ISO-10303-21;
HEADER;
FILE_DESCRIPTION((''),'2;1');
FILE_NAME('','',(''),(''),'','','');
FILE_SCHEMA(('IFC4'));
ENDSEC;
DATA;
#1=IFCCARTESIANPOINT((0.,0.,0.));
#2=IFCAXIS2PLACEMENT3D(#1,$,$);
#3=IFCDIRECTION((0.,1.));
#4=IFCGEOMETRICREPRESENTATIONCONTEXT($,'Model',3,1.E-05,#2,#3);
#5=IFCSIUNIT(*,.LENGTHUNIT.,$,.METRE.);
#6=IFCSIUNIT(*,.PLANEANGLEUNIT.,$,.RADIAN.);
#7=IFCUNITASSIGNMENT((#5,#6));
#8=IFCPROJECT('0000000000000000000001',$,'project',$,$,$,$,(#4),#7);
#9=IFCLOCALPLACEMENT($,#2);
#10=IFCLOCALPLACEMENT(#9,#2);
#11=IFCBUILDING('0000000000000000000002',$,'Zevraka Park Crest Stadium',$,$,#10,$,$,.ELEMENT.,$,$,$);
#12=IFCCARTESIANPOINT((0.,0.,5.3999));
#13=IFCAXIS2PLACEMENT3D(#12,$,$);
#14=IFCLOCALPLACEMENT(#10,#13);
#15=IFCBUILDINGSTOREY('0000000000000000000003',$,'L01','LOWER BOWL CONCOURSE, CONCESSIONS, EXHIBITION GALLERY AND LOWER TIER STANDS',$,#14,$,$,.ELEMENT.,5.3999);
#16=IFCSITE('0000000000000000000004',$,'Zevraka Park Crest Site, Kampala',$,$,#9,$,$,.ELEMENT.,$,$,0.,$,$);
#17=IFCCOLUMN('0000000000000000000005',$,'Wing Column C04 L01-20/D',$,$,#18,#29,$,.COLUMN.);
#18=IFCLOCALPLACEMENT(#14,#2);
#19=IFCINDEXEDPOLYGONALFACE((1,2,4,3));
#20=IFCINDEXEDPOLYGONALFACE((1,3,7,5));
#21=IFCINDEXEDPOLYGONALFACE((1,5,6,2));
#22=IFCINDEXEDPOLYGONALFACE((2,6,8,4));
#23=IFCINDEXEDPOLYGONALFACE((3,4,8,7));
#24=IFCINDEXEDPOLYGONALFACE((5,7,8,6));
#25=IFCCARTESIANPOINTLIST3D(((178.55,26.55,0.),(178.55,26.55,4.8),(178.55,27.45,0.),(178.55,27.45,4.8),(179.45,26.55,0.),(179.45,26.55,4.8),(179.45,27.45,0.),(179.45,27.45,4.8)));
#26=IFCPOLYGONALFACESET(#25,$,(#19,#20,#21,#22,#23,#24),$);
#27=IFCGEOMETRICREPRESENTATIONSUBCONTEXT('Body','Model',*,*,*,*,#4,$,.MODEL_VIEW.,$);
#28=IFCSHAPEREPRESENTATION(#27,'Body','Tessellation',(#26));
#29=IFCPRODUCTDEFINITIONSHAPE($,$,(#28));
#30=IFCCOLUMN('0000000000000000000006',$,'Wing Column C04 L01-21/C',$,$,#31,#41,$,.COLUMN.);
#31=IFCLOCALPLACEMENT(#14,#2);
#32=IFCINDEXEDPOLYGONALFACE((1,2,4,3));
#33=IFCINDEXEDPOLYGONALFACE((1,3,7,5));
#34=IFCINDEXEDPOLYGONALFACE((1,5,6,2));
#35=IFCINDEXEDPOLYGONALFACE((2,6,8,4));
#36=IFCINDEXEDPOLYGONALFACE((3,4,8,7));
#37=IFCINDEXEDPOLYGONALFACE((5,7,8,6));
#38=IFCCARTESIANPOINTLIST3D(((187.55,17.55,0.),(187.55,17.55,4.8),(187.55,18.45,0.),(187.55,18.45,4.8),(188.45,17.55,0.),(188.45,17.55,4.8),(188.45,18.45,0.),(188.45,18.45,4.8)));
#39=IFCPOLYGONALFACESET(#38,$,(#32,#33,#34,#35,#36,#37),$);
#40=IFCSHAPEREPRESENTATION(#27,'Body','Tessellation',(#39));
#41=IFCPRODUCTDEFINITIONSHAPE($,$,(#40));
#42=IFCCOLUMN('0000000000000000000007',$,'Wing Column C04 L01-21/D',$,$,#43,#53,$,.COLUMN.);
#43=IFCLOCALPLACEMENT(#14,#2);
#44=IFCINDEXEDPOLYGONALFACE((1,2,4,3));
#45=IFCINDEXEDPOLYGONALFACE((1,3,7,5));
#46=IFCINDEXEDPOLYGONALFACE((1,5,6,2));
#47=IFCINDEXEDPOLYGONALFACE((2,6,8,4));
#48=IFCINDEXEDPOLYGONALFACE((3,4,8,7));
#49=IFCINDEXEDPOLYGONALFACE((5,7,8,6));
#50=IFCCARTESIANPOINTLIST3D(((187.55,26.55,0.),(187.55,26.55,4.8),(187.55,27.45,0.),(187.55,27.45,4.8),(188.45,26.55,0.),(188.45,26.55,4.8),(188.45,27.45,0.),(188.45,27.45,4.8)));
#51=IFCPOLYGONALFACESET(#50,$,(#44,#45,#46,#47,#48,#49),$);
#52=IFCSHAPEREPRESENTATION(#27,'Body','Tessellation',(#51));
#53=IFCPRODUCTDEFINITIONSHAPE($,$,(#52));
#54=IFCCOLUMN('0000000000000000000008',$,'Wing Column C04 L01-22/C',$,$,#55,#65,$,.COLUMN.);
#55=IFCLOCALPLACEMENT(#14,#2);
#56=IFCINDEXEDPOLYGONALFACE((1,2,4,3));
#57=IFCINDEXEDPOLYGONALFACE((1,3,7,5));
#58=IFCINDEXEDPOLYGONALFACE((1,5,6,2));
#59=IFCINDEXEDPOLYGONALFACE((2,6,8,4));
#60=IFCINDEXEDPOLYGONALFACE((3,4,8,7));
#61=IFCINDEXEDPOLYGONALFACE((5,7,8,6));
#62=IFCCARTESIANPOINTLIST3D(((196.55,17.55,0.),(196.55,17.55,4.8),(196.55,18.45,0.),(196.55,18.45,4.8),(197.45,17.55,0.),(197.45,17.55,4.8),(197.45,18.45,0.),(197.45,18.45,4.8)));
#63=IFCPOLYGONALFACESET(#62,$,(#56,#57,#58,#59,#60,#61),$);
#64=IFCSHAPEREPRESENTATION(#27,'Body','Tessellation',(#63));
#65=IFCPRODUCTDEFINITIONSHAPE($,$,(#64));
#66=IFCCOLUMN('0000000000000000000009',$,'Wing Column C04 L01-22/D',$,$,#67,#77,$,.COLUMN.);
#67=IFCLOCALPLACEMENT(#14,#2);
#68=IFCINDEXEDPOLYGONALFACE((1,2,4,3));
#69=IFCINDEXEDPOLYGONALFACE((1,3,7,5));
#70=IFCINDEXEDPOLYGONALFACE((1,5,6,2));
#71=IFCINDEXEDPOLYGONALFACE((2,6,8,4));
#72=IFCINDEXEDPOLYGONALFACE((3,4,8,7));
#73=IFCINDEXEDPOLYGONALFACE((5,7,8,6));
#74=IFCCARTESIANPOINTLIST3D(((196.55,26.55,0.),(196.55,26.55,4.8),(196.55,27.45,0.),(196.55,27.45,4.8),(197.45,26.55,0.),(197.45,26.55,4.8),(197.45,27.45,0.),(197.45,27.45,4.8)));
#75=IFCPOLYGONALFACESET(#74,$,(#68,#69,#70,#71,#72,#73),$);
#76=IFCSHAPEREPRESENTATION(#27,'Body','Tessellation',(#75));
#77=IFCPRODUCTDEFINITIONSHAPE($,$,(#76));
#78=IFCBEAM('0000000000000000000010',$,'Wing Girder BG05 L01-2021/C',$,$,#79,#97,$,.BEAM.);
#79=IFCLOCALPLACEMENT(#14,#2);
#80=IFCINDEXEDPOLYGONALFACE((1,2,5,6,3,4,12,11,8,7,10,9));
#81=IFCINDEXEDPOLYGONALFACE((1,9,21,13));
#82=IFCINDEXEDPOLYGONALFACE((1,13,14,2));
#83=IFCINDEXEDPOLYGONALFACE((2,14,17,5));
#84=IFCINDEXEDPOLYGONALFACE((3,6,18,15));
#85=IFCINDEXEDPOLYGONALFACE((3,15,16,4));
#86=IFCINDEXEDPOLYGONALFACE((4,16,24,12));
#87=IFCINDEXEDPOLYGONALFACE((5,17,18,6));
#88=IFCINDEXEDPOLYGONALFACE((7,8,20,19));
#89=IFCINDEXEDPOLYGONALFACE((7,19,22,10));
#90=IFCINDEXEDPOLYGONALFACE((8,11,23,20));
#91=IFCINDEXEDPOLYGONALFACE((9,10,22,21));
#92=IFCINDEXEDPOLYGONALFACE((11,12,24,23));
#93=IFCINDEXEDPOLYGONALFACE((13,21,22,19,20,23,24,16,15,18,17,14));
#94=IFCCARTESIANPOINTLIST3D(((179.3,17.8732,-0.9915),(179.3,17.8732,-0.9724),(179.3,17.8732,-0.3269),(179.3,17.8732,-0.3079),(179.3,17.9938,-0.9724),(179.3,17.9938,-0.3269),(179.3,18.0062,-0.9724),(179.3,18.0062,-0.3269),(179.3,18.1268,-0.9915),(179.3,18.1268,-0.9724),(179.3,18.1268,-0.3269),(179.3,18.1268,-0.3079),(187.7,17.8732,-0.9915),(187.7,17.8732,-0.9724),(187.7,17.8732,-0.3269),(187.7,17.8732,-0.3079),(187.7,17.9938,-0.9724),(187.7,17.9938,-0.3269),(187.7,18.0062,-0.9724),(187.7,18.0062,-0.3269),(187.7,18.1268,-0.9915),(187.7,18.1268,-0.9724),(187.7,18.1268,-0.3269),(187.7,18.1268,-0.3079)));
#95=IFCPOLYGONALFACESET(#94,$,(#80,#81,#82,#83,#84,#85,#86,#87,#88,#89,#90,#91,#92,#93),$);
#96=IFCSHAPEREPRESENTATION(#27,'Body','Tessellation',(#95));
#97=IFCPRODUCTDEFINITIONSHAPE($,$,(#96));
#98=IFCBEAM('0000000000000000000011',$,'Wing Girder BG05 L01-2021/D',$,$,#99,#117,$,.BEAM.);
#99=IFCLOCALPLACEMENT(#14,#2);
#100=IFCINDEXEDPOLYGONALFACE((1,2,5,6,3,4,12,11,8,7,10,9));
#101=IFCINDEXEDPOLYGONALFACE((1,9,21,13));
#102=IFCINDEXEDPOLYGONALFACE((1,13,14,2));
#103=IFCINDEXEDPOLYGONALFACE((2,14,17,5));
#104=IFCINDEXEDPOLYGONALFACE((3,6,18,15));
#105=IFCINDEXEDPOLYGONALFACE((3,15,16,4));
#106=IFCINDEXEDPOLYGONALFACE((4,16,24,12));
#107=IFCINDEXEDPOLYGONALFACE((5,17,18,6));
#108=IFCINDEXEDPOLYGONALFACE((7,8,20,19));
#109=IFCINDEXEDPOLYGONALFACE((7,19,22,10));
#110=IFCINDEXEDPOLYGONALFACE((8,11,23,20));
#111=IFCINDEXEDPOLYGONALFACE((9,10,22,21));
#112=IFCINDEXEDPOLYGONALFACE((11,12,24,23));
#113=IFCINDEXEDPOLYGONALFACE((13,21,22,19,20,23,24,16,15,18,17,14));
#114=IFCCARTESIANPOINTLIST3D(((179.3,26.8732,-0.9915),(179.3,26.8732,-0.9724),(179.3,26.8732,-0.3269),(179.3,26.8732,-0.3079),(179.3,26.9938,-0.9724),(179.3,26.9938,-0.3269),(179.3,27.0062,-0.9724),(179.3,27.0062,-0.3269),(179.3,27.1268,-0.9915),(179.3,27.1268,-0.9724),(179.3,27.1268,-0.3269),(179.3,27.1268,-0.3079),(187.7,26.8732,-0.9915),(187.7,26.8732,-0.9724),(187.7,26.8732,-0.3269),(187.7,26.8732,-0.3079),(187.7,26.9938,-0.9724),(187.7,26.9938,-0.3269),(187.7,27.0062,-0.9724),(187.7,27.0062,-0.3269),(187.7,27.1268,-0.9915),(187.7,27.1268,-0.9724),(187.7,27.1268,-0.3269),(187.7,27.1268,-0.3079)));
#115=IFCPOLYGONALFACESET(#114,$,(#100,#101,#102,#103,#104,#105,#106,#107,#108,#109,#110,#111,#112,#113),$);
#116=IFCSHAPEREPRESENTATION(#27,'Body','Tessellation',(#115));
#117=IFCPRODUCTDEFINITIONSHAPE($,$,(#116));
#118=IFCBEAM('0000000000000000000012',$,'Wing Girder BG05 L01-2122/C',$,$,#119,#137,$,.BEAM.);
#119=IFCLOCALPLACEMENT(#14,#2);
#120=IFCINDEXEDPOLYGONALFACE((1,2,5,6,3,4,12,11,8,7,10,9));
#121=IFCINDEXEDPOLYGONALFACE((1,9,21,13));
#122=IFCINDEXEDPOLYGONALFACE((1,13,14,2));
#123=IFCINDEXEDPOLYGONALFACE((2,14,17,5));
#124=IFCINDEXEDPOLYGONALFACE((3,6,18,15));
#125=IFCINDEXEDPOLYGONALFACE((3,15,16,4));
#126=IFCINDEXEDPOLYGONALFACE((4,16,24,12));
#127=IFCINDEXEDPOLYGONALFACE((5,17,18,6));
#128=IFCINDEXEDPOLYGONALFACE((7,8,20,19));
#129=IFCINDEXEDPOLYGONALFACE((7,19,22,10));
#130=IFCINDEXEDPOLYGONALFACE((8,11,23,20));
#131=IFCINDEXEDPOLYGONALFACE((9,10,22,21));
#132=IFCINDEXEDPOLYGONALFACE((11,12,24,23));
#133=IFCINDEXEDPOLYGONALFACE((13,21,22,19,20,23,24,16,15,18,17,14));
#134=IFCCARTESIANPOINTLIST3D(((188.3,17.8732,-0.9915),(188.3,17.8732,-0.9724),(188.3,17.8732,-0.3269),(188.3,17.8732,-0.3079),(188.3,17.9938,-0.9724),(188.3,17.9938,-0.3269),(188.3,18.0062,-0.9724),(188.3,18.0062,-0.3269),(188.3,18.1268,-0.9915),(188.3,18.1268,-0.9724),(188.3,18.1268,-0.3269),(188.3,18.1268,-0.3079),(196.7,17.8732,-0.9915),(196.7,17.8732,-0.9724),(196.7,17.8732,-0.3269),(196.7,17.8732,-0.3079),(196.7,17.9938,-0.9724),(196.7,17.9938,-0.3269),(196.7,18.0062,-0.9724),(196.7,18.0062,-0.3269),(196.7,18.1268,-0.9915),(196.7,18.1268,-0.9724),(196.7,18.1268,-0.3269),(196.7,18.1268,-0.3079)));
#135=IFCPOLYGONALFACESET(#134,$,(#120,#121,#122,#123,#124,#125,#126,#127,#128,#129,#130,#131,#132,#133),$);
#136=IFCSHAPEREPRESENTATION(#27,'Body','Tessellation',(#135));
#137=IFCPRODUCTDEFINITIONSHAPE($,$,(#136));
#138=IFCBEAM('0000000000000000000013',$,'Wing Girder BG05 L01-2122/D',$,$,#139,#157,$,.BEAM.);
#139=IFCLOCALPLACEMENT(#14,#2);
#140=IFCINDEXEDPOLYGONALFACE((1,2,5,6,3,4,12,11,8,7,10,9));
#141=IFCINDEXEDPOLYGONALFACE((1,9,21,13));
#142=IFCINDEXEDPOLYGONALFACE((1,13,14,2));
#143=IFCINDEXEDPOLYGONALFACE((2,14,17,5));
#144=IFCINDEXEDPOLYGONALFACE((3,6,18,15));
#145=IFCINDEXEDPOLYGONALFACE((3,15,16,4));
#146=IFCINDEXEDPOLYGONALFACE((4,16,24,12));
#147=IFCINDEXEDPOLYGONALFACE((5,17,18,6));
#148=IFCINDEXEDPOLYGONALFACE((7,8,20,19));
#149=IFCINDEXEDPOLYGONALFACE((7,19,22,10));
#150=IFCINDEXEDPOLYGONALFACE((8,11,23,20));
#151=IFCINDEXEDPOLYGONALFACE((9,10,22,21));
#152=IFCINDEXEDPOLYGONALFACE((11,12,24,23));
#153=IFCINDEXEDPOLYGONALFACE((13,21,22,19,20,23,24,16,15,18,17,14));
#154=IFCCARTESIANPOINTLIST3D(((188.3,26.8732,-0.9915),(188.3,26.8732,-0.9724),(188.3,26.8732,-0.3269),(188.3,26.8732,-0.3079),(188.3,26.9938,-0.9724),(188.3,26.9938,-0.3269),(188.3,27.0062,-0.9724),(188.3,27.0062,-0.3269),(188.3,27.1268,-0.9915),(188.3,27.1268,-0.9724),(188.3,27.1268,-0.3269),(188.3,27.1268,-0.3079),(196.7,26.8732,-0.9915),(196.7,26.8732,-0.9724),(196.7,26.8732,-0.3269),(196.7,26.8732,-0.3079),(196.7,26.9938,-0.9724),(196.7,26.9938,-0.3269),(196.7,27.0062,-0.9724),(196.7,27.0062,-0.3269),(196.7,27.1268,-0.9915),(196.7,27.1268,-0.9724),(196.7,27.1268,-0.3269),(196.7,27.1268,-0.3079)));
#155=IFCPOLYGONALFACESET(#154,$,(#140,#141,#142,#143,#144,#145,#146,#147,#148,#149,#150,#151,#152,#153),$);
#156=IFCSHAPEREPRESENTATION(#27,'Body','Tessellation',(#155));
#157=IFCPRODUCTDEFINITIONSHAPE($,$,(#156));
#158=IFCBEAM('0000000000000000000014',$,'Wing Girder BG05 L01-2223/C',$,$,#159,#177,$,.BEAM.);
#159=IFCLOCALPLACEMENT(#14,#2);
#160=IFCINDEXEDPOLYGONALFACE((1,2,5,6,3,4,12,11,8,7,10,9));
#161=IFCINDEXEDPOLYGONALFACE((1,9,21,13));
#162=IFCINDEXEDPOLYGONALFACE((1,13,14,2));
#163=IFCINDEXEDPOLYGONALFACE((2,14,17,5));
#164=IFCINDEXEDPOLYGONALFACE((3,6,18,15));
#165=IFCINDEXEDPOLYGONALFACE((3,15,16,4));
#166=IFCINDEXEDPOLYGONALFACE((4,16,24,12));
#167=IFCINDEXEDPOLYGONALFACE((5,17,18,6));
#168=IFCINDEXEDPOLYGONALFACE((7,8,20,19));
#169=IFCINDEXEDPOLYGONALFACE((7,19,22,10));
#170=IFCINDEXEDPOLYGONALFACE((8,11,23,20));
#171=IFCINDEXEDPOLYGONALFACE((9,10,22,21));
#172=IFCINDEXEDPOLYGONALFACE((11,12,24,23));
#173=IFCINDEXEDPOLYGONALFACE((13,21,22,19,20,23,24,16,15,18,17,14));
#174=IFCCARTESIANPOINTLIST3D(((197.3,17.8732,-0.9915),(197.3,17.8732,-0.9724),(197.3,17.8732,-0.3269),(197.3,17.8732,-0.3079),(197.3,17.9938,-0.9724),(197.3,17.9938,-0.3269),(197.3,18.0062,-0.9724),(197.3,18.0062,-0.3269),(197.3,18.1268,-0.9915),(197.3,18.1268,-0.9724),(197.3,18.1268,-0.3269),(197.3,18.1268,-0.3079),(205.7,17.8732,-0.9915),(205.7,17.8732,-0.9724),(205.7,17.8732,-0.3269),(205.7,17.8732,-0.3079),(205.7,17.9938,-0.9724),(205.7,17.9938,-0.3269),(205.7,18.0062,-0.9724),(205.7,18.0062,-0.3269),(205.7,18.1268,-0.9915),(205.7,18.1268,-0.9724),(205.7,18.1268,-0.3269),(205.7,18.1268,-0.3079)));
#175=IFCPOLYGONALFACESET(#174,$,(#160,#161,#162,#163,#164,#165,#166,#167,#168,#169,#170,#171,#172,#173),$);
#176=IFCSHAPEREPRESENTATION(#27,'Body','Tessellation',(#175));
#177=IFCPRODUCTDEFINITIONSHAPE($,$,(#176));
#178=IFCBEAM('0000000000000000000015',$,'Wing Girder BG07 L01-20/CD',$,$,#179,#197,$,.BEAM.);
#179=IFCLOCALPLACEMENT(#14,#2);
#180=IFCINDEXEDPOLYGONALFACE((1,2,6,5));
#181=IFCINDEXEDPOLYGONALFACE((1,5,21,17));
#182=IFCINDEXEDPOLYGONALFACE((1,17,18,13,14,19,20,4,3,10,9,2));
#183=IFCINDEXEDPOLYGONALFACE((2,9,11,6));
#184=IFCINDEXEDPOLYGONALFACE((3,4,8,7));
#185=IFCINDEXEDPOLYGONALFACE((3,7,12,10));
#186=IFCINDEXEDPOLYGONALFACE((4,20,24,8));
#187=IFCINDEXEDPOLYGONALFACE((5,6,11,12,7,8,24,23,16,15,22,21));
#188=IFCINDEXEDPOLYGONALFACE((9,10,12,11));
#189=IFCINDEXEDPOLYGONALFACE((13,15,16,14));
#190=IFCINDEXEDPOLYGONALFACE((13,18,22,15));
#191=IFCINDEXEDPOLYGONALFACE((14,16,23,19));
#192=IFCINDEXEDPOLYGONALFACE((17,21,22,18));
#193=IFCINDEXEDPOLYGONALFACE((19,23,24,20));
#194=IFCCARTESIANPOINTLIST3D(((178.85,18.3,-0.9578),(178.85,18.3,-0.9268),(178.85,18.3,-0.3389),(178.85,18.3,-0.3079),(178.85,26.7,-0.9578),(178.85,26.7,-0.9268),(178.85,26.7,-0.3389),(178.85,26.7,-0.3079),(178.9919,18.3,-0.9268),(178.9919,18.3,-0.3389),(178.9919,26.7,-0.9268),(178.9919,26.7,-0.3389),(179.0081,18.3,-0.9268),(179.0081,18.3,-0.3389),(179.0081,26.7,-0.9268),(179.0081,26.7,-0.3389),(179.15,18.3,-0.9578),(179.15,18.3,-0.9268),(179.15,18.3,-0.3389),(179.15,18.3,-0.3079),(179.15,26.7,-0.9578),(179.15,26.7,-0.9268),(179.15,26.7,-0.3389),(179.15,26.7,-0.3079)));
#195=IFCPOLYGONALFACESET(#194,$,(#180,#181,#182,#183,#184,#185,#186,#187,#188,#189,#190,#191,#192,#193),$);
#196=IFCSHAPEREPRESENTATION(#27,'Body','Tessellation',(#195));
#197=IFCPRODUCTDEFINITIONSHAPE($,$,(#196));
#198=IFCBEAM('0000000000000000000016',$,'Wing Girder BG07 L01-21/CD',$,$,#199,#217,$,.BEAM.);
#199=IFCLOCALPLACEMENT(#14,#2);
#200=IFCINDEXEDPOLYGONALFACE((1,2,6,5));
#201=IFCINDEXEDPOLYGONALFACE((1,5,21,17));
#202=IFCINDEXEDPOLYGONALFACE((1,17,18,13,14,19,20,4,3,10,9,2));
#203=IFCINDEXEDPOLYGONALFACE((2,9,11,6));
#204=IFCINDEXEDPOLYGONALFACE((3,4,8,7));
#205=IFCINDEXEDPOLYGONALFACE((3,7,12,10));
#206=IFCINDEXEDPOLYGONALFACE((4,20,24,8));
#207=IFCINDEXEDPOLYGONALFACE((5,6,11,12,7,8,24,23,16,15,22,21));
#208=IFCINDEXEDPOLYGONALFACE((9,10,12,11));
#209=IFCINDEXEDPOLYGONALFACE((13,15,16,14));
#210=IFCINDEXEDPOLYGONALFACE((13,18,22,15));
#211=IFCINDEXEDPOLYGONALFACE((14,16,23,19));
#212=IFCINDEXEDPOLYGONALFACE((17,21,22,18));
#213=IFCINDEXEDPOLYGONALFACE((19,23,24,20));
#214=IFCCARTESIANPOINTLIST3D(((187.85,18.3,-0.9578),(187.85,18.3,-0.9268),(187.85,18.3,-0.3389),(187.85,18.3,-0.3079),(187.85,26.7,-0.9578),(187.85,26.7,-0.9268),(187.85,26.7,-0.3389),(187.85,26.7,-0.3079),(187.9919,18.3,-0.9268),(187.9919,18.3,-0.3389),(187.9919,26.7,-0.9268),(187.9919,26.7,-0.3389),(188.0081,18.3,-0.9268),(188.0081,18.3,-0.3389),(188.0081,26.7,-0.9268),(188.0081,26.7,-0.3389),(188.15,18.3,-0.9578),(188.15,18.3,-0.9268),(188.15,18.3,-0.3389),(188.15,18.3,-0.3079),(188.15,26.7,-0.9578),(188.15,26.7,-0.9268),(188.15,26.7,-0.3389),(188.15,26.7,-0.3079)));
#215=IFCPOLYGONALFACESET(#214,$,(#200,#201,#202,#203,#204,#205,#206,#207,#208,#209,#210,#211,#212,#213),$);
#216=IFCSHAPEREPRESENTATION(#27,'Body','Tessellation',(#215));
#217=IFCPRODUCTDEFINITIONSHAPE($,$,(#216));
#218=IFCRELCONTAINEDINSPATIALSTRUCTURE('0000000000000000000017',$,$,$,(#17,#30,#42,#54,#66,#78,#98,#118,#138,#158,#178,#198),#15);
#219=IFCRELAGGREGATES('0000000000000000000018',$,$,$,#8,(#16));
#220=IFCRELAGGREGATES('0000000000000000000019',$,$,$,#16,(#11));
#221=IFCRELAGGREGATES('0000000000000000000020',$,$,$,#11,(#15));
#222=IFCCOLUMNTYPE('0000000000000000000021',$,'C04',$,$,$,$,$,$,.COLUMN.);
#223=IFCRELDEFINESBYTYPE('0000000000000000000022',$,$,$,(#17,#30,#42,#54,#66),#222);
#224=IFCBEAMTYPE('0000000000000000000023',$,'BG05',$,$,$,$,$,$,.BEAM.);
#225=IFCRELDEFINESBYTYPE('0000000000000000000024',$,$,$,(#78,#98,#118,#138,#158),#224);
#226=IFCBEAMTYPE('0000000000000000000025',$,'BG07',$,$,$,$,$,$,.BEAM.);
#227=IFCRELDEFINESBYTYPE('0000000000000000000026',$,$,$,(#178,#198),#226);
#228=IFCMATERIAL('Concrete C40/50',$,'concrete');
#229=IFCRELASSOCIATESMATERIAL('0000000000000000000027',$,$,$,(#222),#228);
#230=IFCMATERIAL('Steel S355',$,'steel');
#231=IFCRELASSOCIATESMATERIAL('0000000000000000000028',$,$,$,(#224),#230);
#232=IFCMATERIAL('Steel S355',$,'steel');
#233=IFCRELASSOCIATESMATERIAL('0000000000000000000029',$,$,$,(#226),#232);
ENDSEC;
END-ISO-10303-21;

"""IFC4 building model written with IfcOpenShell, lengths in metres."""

from ifc_helpers import new_model, si_unit, direction, frame, origin, origin_2d, place, context, subcontext, project, spatial, rectangle, i_section, extrude, material, material_profile, profile_set, type_object, element, save


model = new_model("IFC4")

# Units and contexts
model_context = context("Model", 3, precision=1e-05, world=origin(), true_north=direction((0.0, 1.0)))
body_context = subcontext(model_context, "Body", "Model", "MODEL_VIEW")
ifc_project = project(units=[si_unit("LENGTHUNIT", "METRE"), si_unit("PLANEANGLEUNIT", "RADIAN")], contexts=[model_context])

# Site, building, storey
site_placement = place(None, origin())
site = spatial("IfcSite", under=ifc_project, at=site_placement, Name="Zevraka Park Crest Site, Kampala", CompositionType="ELEMENT", RefElevation=0.0)
building_placement = place(site_placement, origin())
building = spatial("IfcBuilding", under=site, at=building_placement, Name="Zevraka Park Crest Stadium", CompositionType="ELEMENT")
storey_placement = place(building_placement, frame((0.0, 0.0, 5.3999)))
storey = spatial("IfcBuildingStorey", under=building, at=storey_placement, Name="L01", Description="LOWER BOWL CONCOURSE, CONCESSIONS, EXHIBITION GALLERY AND LOWER TIER STANDS", CompositionType="ELEMENT", Elevation=5.3999)

# Columns
ifc_material_1 = material(Name="Concrete C40/50", Category="concrete")
ifc_material_profile_1 = material_profile(ifc_material_1, rectangle(XDim=0.8999, YDim=0.8999, at=origin_2d()), Name="RC 900x900")
ifc_profile_set_1 = profile_set([ifc_material_profile_1], Name="Concrete C40/50")
column_type = type_object("IfcColumnType", Name="C04", PredefinedType="COLUMN", material=ifc_profile_set_1)
for number, where, z_axis, x_axis, name in (
    (1, (179.0, 27.0, 0.0), (0.0, 0.0, 1.0), (1.0, 0.0, 0.0), "Wing Column C04 L01-20/D"),
    (2, (188.0, 18.0, 0.0), (0.0, 0.0, 1.0), (1.0, 0.0, 0.0), "Wing Column C04 L01-21/C"),
    (3, (188.0, 27.0, 0.0), (0.0, 0.0, 1.0), (1.0, 0.0, 0.0), "Wing Column C04 L01-21/D"),
    (4, (197.0, 18.0, 0.0), (0.0, 0.0, 1.0), (1.0, 0.0, 0.0), "Wing Column C04 L01-22/C"),
    (5, (197.0, 27.0, 0.0), (0.0, 0.0, 1.0), (1.0, 0.0, 0.0), "Wing Column C04 L01-22/D"),
):
    element("IfcColumn", number, at=place(storey_placement, frame(where, z_axis=z_axis, x_axis=x_axis)), inside=storey, type_object=column_type, Name=name, PredefinedType="COLUMN", context=body_context, shape_type="SweptSolid", body=[
        extrude(rectangle(XDim=0.8999, YDim=0.8999, at=origin_2d()), origin(), (0.0, 0.0, 1.0), 4.8),
    ])

# Beams
ifc_material_2 = material(Name="Steel S355", Category="steel")
ifc_material_profile_2 = material_profile(ifc_material_2, i_section(OverallWidth=0.2537, OverallDepth=0.6836, WebThickness=0.0125, FlangeThickness=0.019, at=origin_2d()), Name="UKB 686x254x140")
ifc_profile_set_2 = profile_set([ifc_material_profile_2], Name="Steel S355")
beam_type_1 = type_object("IfcBeamType", Name="BG05", PredefinedType="BEAM", material=ifc_profile_set_2)
for number, where, z_axis, x_axis, name in (
    (6, (179.3, 18.0, -0.6497), (1.0, 0.0, 0.0), (0.0, 1.0, 0.0), "Wing Girder BG05 L01-2021/C"),
    (7, (179.3, 27.0, -0.6497), (1.0, 0.0, 0.0), (0.0, 1.0, 0.0), "Wing Girder BG05 L01-2021/D"),
    (8, (188.3, 18.0, -0.6497), (1.0, 0.0, 0.0), (0.0, 1.0, 0.0), "Wing Girder BG05 L01-2122/C"),
    (9, (188.3, 27.0, -0.6497), (1.0, 0.0, 0.0), (0.0, 1.0, 0.0), "Wing Girder BG05 L01-2122/D"),
    (10, (197.3, 18.0, -0.6497), (1.0, 0.0, 0.0), (0.0, 1.0, 0.0), "Wing Girder BG05 L01-2223/C"),
):
    element("IfcBeam", number, at=place(storey_placement, frame(where, z_axis=z_axis, x_axis=x_axis)), inside=storey, type_object=beam_type_1, Name=name, PredefinedType="BEAM", context=body_context, shape_type="SweptSolid", body=[
        extrude(i_section(OverallWidth=0.2537, OverallDepth=0.6836, WebThickness=0.0125, FlangeThickness=0.019, at=origin_2d()), origin(), (0.0, 0.0, 1.0), 8.3999),
    ])
ifc_material_3 = material(Name="Steel S355", Category="steel")
ifc_material_profile_3 = material_profile(ifc_material_3, i_section(OverallWidth=0.3, OverallDepth=0.6499, WebThickness=0.0161, FlangeThickness=0.031, at=origin_2d()), Name="HEB 650")
ifc_profile_set_3 = profile_set([ifc_material_profile_3], Name="Steel S355")
beam_type_2 = type_object("IfcBeamType", Name="BG07", PredefinedType="BEAM", material=ifc_profile_set_3)
for number, where, z_axis, x_axis, name in (
    (11, (179.0, 18.3, -0.6328), (0.0, 1.0, 0.0), (-1.0, 0.0, 0.0), "Wing Girder BG07 L01-20/CD"),
    (12, (188.0, 18.3, -0.6328), (0.0, 1.0, 0.0), (-1.0, 0.0, 0.0), "Wing Girder BG07 L01-21/CD"),
):
    element("IfcBeam", number, at=place(storey_placement, frame(where, z_axis=z_axis, x_axis=x_axis)), inside=storey, type_object=beam_type_2, Name=name, PredefinedType="BEAM", context=body_context, shape_type="SweptSolid", body=[
        extrude(i_section(OverallWidth=0.3, OverallDepth=0.6499, WebThickness=0.0161, FlangeThickness=0.031, at=origin_2d()), origin(), (0.0, 0.0, 1.0), 8.3999),
    ])

save(model, "model.ifc")
